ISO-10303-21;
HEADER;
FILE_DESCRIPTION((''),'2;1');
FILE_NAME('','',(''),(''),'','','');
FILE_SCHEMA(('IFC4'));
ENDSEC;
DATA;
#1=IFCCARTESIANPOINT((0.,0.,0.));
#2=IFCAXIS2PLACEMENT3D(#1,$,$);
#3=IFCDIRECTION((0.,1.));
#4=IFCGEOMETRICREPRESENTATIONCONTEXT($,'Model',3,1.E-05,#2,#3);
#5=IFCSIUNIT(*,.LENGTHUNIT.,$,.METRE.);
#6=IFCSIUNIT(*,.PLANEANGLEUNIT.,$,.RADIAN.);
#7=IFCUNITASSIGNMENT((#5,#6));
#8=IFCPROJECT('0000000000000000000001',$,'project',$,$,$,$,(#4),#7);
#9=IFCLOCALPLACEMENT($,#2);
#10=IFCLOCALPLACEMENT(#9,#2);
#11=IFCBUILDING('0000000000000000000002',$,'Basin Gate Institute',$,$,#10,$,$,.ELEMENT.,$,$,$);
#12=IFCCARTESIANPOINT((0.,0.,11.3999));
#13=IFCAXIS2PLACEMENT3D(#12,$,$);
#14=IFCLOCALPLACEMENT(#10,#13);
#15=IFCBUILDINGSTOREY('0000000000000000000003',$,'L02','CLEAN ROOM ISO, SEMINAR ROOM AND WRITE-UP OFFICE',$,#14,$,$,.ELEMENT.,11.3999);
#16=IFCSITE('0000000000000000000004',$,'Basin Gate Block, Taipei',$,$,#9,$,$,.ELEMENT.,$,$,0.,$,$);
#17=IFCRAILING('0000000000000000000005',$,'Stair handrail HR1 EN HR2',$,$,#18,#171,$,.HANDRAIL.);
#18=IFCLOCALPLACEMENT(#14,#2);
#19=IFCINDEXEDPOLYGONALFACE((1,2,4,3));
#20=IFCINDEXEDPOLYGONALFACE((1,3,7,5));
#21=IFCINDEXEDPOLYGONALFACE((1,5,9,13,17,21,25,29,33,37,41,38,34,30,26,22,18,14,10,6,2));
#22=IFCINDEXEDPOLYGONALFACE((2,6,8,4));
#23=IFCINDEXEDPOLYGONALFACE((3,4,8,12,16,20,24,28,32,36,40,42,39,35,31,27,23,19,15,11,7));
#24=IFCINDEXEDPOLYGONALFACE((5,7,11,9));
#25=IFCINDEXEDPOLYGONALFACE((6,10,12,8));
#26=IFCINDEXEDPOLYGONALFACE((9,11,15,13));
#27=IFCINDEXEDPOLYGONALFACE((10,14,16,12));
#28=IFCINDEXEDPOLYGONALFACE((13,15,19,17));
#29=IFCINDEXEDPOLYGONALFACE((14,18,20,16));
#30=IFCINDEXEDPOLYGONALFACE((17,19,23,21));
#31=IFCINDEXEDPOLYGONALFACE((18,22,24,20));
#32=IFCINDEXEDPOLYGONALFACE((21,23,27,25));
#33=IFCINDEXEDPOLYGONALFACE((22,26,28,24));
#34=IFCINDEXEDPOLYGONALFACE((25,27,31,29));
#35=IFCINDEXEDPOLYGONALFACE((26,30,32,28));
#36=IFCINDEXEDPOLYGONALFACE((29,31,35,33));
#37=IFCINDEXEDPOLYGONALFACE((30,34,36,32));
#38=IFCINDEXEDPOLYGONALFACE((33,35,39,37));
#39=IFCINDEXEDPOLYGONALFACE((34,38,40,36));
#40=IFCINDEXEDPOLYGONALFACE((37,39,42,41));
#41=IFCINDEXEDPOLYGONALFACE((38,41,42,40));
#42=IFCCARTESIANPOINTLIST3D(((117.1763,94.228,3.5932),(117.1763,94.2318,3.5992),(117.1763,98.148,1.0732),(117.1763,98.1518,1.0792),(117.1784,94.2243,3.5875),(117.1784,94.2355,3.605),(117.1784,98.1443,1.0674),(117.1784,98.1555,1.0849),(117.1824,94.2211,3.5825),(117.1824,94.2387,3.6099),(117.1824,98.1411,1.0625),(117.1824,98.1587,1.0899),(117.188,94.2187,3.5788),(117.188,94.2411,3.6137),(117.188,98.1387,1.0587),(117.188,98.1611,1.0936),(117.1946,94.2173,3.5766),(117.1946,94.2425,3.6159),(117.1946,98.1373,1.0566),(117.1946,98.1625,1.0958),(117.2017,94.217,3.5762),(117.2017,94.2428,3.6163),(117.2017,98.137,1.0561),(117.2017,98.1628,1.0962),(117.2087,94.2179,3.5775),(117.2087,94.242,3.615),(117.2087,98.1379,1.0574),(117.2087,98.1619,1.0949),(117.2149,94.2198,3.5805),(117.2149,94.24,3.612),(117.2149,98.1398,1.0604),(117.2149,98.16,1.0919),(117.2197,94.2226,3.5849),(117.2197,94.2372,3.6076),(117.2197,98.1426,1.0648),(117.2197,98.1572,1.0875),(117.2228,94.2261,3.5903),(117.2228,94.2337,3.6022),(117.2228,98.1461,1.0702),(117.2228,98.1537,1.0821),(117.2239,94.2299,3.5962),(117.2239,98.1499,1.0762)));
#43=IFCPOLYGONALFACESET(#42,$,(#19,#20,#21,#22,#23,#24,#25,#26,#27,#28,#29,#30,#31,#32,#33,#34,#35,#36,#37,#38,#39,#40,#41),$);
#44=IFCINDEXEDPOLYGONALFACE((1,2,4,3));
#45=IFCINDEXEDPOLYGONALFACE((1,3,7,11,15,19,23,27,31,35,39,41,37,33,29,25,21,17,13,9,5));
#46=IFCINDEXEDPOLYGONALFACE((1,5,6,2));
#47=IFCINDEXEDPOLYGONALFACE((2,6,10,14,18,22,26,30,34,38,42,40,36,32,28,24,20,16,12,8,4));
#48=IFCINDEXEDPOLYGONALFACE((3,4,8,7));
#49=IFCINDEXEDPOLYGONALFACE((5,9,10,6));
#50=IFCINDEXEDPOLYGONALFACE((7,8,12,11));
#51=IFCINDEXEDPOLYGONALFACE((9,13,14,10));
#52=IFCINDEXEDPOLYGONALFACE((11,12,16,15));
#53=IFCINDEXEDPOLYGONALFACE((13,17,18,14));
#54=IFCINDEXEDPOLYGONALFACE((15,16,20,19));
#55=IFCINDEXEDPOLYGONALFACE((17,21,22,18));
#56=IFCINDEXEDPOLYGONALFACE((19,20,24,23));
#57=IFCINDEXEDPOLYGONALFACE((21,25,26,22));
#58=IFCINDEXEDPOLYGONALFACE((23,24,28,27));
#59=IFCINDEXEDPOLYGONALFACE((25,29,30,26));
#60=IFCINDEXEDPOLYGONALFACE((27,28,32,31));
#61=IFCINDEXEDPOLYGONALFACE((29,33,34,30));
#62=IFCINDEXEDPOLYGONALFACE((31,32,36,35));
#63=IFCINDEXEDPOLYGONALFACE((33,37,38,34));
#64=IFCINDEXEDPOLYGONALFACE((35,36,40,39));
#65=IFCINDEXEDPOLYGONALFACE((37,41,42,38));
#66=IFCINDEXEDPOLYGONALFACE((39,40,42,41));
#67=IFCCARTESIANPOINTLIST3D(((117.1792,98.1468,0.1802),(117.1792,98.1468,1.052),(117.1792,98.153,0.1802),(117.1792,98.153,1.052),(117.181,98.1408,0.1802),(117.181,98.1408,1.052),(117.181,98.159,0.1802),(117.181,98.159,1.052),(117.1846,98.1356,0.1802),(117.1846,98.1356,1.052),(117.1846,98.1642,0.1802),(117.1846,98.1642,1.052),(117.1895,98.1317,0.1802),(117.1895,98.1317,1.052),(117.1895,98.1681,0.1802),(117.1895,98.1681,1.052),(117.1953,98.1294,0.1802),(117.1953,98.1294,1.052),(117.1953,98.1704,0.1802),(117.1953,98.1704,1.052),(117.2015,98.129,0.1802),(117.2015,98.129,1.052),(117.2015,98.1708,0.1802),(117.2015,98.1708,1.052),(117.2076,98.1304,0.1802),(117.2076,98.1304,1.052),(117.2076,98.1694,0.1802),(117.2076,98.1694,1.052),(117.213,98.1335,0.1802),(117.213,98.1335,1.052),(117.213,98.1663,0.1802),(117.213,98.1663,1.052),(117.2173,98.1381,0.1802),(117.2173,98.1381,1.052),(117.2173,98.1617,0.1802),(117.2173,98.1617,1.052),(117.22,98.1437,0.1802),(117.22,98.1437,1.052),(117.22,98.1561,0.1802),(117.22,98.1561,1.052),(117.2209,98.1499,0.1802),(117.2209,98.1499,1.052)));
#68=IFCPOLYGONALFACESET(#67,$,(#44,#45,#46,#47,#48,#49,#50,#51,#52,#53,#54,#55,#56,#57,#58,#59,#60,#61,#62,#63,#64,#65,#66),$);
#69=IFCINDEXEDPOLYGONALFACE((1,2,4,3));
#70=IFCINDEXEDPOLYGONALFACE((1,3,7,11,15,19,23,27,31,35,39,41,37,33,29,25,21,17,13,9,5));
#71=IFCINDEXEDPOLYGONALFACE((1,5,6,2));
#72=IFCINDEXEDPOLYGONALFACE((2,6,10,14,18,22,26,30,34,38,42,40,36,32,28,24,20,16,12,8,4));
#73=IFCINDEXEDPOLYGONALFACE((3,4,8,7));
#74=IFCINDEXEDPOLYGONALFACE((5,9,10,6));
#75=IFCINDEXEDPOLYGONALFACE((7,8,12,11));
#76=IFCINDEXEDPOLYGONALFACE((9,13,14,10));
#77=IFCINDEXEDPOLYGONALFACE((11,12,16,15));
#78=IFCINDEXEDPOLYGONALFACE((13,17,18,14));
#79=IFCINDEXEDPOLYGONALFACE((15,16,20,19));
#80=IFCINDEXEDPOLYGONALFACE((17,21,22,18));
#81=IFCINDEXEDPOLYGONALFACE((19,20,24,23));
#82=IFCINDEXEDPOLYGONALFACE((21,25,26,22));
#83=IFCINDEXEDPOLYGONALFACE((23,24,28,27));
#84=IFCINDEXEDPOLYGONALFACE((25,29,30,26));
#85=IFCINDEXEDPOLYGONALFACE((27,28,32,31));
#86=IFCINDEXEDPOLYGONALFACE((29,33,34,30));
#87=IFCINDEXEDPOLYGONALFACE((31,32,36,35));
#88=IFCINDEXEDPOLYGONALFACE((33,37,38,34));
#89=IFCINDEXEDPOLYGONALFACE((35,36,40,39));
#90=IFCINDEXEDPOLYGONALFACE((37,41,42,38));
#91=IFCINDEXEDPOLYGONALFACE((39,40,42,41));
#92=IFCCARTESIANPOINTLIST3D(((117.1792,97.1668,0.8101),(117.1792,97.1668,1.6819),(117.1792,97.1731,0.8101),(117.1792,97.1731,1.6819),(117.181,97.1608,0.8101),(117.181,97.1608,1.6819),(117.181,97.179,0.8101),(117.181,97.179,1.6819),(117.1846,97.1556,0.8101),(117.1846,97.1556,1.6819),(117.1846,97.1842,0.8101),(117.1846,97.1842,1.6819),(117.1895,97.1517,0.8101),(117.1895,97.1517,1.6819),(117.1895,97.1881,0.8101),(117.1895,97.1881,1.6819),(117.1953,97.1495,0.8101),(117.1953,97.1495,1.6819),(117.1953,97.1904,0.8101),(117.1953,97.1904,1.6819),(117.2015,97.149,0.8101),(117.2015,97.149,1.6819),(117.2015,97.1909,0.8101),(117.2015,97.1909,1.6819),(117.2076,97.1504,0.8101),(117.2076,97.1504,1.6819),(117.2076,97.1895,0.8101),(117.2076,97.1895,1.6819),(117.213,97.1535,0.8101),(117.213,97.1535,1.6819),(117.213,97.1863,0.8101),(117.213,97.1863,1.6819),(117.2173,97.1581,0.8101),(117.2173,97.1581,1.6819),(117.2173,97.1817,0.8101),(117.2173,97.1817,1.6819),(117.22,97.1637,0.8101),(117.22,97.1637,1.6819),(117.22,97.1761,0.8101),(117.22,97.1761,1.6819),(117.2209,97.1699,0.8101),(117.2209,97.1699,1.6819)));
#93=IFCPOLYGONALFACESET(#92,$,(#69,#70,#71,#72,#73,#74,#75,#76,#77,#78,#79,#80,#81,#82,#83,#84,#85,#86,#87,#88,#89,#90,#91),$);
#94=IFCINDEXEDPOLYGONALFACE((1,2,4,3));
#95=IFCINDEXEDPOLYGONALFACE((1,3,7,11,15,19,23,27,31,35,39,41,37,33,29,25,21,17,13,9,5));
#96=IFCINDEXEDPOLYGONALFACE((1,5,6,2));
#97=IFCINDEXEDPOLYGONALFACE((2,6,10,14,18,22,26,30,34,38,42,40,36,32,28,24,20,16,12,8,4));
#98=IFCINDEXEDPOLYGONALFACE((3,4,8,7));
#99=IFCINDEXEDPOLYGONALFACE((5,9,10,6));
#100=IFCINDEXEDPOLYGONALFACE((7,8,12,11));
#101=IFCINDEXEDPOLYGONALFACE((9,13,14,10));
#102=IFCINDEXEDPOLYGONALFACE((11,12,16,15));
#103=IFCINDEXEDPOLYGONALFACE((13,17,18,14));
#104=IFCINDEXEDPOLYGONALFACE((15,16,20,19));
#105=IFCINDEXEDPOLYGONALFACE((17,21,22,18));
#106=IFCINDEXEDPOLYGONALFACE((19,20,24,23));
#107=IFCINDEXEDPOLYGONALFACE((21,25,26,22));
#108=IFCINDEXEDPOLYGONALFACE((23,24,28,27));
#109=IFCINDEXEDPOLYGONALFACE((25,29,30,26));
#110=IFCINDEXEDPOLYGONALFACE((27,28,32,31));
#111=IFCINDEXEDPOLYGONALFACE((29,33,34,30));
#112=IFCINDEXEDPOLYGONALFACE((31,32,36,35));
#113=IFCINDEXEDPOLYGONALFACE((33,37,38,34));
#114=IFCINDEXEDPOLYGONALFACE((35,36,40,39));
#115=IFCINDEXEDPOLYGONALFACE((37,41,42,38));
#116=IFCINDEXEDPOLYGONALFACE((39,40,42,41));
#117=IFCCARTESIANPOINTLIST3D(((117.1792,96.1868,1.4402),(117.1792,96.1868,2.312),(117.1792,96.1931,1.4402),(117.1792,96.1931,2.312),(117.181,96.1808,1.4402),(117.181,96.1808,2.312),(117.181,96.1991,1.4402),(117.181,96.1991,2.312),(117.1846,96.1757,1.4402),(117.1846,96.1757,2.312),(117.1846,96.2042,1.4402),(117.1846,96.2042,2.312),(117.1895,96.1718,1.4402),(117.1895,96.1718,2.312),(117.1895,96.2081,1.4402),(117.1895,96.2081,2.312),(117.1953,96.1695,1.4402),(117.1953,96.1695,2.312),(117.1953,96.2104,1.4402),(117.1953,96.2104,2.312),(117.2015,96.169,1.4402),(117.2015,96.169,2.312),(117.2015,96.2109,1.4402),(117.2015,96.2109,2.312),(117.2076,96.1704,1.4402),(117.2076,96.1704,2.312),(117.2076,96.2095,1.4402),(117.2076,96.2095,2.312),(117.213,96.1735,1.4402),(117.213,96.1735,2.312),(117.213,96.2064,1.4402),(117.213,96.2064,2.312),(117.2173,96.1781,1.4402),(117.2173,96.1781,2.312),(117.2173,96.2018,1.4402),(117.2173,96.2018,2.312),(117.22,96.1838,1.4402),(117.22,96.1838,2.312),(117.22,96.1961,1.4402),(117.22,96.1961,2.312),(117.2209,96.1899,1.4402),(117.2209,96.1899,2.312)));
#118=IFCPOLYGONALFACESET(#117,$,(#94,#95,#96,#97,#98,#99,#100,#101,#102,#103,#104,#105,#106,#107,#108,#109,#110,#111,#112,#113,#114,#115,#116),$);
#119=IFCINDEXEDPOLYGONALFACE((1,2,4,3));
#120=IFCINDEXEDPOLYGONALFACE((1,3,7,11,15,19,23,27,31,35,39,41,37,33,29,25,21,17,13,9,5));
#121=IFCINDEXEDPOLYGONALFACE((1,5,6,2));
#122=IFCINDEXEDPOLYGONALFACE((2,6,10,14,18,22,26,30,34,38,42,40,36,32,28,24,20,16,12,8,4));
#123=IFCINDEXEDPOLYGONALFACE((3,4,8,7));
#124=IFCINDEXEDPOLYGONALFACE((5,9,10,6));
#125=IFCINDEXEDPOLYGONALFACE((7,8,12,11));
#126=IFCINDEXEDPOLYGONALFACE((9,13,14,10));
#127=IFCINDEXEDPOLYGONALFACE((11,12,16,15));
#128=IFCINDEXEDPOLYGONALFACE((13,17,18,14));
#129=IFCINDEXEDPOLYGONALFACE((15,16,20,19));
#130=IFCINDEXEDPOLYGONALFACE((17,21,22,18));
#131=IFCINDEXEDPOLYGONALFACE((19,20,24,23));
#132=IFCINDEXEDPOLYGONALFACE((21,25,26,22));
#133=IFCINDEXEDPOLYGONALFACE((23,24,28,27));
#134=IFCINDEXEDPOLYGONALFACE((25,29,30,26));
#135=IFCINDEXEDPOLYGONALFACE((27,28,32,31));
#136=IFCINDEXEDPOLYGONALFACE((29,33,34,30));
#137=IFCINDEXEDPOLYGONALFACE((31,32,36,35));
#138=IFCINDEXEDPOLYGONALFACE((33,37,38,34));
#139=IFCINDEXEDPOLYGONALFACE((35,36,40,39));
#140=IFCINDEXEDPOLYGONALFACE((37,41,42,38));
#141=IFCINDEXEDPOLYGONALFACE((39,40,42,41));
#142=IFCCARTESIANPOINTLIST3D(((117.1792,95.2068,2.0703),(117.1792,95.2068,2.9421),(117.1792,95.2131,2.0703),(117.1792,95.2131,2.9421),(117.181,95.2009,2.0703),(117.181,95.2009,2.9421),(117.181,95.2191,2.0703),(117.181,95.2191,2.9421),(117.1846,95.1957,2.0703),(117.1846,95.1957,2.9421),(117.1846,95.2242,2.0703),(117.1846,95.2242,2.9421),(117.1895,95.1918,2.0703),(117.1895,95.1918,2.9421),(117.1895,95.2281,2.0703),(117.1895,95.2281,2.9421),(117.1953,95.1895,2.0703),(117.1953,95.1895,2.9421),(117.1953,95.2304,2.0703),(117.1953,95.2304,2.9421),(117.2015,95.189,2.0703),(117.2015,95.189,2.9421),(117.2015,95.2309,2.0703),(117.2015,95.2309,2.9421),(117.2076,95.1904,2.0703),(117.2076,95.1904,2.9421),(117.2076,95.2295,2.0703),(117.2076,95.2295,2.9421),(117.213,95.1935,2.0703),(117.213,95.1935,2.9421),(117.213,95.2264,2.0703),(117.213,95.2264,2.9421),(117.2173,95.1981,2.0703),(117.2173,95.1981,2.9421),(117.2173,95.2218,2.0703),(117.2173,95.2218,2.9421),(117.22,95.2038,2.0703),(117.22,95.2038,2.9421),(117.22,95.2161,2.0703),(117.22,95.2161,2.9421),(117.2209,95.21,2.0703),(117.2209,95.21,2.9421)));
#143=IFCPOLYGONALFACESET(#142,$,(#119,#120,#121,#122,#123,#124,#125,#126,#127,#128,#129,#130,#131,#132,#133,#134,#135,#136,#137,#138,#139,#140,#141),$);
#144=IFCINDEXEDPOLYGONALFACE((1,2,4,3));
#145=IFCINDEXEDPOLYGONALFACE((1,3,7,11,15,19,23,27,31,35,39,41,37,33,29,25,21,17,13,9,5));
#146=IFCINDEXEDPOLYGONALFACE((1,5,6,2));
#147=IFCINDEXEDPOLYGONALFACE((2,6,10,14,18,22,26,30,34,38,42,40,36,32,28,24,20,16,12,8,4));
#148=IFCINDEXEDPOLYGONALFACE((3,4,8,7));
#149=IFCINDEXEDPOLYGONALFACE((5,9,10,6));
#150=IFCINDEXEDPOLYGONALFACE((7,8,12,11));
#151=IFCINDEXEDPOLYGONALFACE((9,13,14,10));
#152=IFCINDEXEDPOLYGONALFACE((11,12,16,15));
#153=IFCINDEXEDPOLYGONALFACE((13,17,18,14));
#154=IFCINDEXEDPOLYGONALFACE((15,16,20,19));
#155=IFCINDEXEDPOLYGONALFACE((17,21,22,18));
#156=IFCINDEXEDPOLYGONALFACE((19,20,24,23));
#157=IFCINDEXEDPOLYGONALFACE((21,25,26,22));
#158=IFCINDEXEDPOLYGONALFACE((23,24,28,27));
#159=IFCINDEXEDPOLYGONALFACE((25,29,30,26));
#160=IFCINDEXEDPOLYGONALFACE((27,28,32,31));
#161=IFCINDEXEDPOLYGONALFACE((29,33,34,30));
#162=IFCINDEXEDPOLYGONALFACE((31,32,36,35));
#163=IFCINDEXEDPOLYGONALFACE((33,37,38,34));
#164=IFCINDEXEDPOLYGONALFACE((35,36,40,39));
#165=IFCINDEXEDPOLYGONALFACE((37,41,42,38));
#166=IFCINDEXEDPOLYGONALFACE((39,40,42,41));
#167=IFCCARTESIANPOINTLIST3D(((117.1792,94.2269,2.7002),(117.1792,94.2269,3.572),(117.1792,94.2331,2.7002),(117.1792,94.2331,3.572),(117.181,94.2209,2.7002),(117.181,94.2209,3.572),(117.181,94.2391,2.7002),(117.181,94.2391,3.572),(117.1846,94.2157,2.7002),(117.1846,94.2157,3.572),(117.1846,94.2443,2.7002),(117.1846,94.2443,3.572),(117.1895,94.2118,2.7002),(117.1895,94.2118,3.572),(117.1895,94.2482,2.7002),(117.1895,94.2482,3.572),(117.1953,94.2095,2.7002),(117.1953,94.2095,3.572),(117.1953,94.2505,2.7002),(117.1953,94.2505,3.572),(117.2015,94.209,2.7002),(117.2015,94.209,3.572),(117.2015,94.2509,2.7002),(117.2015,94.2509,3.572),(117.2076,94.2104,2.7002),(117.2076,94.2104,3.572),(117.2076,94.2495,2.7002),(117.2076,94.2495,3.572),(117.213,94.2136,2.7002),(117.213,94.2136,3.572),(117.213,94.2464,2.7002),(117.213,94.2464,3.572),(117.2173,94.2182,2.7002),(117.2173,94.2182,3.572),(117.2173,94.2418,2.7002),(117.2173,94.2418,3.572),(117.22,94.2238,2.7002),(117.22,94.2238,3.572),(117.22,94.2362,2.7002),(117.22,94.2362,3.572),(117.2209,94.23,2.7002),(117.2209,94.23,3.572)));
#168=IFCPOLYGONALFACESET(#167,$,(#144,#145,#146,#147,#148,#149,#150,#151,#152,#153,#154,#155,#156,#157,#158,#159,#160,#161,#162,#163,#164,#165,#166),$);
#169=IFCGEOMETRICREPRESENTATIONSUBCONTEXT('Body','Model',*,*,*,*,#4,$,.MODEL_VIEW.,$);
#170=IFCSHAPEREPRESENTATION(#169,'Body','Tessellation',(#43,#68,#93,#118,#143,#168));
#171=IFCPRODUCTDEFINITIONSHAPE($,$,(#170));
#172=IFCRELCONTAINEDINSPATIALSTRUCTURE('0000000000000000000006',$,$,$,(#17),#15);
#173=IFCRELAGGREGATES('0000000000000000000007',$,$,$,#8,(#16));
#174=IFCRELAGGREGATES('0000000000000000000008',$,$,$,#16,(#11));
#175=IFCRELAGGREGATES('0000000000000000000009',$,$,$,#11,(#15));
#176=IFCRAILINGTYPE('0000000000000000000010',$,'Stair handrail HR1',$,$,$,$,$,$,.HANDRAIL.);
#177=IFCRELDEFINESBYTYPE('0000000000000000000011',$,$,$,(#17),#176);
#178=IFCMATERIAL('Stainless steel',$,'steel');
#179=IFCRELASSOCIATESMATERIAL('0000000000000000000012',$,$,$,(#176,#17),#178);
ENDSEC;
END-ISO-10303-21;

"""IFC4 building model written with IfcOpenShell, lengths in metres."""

from ifc_helpers import new_model, si_unit, direction, frame, origin, origin_2d, place, context, subcontext, project, spatial, circle, extrude, material, type_object, element, save


model = new_model("IFC4")

# Units and contexts
model_context = context("Model", 3, precision=1e-05, world=origin(), true_north=direction((0.0, 1.0)))
body_context = subcontext(model_context, "Body", "Model", "MODEL_VIEW")
ifc_project = project(units=[si_unit("LENGTHUNIT", "METRE"), si_unit("PLANEANGLEUNIT", "RADIAN")], contexts=[model_context])

# Site, building, storey
site_placement = place(None, origin())
site = spatial("IfcSite", under=ifc_project, at=site_placement, Name="Basin Gate Block, Taipei", CompositionType="ELEMENT", RefElevation=0.0)
building_placement = place(site_placement, origin())
building = spatial("IfcBuilding", under=site, at=building_placement, Name="Basin Gate Institute", CompositionType="ELEMENT")
storey_placement = place(building_placement, frame((0.0, 0.0, 11.3999)))
storey = spatial("IfcBuildingStorey", under=building, at=storey_placement, Name="L02", Description="CLEAN ROOM ISO, SEMINAR ROOM AND WRITE-UP OFFICE", CompositionType="ELEMENT", Elevation=11.3999)

# Railing
ifc_material_1 = material(Name="Stainless steel", Category="steel")
railing_type_1 = type_object("IfcRailingType", Name="Stair handrail HR1", PredefinedType="HANDRAIL", material=ifc_material_1)
for number, where, name in (
    (1, (117.2, 98.1499, 0.1802), "Stair handrail HR1 EN HR2"),
):
    element("IfcRailing", number, at=place(storey_placement, frame(where)), inside=storey, type_object=railing_type_1, material=ifc_material_1, Name=name, PredefinedType="HANDRAIL", context=body_context, shape_type="SweptSolid", body=[
        extrude(circle(Radius=0.0239, at=origin_2d()), frame((0.0, 0.0, 0.896), z_axis=(0.0, -0.841172, 0.540768), x_axis=(1.0, 0.0, 0.0)), (0.0, 0.0, 1.0), 4.6602),
        extrude(circle(Radius=0.021, at=origin_2d()), origin(), (0.0, 0.0, 1.0), 0.8718),
        extrude(circle(Radius=0.021, at=origin_2d()), frame((0.0, -0.98, 0.6299)), (0.0, 0.0, 1.0), 0.8718),
        extrude(circle(Radius=0.021, at=origin_2d()), frame((0.0, -1.96, 1.26)), (0.0, 0.0, 1.0), 0.8718),
        extrude(circle(Radius=0.021, at=origin_2d()), frame((0.0, -2.9399, 1.8901)), (0.0, 0.0, 1.0), 0.8718),
        extrude(circle(Radius=0.021, at=origin_2d()), frame((0.0, -3.9199, 2.52)), (0.0, 0.0, 1.0), 0.8718),
    ])

save(model, "model.ifc")
